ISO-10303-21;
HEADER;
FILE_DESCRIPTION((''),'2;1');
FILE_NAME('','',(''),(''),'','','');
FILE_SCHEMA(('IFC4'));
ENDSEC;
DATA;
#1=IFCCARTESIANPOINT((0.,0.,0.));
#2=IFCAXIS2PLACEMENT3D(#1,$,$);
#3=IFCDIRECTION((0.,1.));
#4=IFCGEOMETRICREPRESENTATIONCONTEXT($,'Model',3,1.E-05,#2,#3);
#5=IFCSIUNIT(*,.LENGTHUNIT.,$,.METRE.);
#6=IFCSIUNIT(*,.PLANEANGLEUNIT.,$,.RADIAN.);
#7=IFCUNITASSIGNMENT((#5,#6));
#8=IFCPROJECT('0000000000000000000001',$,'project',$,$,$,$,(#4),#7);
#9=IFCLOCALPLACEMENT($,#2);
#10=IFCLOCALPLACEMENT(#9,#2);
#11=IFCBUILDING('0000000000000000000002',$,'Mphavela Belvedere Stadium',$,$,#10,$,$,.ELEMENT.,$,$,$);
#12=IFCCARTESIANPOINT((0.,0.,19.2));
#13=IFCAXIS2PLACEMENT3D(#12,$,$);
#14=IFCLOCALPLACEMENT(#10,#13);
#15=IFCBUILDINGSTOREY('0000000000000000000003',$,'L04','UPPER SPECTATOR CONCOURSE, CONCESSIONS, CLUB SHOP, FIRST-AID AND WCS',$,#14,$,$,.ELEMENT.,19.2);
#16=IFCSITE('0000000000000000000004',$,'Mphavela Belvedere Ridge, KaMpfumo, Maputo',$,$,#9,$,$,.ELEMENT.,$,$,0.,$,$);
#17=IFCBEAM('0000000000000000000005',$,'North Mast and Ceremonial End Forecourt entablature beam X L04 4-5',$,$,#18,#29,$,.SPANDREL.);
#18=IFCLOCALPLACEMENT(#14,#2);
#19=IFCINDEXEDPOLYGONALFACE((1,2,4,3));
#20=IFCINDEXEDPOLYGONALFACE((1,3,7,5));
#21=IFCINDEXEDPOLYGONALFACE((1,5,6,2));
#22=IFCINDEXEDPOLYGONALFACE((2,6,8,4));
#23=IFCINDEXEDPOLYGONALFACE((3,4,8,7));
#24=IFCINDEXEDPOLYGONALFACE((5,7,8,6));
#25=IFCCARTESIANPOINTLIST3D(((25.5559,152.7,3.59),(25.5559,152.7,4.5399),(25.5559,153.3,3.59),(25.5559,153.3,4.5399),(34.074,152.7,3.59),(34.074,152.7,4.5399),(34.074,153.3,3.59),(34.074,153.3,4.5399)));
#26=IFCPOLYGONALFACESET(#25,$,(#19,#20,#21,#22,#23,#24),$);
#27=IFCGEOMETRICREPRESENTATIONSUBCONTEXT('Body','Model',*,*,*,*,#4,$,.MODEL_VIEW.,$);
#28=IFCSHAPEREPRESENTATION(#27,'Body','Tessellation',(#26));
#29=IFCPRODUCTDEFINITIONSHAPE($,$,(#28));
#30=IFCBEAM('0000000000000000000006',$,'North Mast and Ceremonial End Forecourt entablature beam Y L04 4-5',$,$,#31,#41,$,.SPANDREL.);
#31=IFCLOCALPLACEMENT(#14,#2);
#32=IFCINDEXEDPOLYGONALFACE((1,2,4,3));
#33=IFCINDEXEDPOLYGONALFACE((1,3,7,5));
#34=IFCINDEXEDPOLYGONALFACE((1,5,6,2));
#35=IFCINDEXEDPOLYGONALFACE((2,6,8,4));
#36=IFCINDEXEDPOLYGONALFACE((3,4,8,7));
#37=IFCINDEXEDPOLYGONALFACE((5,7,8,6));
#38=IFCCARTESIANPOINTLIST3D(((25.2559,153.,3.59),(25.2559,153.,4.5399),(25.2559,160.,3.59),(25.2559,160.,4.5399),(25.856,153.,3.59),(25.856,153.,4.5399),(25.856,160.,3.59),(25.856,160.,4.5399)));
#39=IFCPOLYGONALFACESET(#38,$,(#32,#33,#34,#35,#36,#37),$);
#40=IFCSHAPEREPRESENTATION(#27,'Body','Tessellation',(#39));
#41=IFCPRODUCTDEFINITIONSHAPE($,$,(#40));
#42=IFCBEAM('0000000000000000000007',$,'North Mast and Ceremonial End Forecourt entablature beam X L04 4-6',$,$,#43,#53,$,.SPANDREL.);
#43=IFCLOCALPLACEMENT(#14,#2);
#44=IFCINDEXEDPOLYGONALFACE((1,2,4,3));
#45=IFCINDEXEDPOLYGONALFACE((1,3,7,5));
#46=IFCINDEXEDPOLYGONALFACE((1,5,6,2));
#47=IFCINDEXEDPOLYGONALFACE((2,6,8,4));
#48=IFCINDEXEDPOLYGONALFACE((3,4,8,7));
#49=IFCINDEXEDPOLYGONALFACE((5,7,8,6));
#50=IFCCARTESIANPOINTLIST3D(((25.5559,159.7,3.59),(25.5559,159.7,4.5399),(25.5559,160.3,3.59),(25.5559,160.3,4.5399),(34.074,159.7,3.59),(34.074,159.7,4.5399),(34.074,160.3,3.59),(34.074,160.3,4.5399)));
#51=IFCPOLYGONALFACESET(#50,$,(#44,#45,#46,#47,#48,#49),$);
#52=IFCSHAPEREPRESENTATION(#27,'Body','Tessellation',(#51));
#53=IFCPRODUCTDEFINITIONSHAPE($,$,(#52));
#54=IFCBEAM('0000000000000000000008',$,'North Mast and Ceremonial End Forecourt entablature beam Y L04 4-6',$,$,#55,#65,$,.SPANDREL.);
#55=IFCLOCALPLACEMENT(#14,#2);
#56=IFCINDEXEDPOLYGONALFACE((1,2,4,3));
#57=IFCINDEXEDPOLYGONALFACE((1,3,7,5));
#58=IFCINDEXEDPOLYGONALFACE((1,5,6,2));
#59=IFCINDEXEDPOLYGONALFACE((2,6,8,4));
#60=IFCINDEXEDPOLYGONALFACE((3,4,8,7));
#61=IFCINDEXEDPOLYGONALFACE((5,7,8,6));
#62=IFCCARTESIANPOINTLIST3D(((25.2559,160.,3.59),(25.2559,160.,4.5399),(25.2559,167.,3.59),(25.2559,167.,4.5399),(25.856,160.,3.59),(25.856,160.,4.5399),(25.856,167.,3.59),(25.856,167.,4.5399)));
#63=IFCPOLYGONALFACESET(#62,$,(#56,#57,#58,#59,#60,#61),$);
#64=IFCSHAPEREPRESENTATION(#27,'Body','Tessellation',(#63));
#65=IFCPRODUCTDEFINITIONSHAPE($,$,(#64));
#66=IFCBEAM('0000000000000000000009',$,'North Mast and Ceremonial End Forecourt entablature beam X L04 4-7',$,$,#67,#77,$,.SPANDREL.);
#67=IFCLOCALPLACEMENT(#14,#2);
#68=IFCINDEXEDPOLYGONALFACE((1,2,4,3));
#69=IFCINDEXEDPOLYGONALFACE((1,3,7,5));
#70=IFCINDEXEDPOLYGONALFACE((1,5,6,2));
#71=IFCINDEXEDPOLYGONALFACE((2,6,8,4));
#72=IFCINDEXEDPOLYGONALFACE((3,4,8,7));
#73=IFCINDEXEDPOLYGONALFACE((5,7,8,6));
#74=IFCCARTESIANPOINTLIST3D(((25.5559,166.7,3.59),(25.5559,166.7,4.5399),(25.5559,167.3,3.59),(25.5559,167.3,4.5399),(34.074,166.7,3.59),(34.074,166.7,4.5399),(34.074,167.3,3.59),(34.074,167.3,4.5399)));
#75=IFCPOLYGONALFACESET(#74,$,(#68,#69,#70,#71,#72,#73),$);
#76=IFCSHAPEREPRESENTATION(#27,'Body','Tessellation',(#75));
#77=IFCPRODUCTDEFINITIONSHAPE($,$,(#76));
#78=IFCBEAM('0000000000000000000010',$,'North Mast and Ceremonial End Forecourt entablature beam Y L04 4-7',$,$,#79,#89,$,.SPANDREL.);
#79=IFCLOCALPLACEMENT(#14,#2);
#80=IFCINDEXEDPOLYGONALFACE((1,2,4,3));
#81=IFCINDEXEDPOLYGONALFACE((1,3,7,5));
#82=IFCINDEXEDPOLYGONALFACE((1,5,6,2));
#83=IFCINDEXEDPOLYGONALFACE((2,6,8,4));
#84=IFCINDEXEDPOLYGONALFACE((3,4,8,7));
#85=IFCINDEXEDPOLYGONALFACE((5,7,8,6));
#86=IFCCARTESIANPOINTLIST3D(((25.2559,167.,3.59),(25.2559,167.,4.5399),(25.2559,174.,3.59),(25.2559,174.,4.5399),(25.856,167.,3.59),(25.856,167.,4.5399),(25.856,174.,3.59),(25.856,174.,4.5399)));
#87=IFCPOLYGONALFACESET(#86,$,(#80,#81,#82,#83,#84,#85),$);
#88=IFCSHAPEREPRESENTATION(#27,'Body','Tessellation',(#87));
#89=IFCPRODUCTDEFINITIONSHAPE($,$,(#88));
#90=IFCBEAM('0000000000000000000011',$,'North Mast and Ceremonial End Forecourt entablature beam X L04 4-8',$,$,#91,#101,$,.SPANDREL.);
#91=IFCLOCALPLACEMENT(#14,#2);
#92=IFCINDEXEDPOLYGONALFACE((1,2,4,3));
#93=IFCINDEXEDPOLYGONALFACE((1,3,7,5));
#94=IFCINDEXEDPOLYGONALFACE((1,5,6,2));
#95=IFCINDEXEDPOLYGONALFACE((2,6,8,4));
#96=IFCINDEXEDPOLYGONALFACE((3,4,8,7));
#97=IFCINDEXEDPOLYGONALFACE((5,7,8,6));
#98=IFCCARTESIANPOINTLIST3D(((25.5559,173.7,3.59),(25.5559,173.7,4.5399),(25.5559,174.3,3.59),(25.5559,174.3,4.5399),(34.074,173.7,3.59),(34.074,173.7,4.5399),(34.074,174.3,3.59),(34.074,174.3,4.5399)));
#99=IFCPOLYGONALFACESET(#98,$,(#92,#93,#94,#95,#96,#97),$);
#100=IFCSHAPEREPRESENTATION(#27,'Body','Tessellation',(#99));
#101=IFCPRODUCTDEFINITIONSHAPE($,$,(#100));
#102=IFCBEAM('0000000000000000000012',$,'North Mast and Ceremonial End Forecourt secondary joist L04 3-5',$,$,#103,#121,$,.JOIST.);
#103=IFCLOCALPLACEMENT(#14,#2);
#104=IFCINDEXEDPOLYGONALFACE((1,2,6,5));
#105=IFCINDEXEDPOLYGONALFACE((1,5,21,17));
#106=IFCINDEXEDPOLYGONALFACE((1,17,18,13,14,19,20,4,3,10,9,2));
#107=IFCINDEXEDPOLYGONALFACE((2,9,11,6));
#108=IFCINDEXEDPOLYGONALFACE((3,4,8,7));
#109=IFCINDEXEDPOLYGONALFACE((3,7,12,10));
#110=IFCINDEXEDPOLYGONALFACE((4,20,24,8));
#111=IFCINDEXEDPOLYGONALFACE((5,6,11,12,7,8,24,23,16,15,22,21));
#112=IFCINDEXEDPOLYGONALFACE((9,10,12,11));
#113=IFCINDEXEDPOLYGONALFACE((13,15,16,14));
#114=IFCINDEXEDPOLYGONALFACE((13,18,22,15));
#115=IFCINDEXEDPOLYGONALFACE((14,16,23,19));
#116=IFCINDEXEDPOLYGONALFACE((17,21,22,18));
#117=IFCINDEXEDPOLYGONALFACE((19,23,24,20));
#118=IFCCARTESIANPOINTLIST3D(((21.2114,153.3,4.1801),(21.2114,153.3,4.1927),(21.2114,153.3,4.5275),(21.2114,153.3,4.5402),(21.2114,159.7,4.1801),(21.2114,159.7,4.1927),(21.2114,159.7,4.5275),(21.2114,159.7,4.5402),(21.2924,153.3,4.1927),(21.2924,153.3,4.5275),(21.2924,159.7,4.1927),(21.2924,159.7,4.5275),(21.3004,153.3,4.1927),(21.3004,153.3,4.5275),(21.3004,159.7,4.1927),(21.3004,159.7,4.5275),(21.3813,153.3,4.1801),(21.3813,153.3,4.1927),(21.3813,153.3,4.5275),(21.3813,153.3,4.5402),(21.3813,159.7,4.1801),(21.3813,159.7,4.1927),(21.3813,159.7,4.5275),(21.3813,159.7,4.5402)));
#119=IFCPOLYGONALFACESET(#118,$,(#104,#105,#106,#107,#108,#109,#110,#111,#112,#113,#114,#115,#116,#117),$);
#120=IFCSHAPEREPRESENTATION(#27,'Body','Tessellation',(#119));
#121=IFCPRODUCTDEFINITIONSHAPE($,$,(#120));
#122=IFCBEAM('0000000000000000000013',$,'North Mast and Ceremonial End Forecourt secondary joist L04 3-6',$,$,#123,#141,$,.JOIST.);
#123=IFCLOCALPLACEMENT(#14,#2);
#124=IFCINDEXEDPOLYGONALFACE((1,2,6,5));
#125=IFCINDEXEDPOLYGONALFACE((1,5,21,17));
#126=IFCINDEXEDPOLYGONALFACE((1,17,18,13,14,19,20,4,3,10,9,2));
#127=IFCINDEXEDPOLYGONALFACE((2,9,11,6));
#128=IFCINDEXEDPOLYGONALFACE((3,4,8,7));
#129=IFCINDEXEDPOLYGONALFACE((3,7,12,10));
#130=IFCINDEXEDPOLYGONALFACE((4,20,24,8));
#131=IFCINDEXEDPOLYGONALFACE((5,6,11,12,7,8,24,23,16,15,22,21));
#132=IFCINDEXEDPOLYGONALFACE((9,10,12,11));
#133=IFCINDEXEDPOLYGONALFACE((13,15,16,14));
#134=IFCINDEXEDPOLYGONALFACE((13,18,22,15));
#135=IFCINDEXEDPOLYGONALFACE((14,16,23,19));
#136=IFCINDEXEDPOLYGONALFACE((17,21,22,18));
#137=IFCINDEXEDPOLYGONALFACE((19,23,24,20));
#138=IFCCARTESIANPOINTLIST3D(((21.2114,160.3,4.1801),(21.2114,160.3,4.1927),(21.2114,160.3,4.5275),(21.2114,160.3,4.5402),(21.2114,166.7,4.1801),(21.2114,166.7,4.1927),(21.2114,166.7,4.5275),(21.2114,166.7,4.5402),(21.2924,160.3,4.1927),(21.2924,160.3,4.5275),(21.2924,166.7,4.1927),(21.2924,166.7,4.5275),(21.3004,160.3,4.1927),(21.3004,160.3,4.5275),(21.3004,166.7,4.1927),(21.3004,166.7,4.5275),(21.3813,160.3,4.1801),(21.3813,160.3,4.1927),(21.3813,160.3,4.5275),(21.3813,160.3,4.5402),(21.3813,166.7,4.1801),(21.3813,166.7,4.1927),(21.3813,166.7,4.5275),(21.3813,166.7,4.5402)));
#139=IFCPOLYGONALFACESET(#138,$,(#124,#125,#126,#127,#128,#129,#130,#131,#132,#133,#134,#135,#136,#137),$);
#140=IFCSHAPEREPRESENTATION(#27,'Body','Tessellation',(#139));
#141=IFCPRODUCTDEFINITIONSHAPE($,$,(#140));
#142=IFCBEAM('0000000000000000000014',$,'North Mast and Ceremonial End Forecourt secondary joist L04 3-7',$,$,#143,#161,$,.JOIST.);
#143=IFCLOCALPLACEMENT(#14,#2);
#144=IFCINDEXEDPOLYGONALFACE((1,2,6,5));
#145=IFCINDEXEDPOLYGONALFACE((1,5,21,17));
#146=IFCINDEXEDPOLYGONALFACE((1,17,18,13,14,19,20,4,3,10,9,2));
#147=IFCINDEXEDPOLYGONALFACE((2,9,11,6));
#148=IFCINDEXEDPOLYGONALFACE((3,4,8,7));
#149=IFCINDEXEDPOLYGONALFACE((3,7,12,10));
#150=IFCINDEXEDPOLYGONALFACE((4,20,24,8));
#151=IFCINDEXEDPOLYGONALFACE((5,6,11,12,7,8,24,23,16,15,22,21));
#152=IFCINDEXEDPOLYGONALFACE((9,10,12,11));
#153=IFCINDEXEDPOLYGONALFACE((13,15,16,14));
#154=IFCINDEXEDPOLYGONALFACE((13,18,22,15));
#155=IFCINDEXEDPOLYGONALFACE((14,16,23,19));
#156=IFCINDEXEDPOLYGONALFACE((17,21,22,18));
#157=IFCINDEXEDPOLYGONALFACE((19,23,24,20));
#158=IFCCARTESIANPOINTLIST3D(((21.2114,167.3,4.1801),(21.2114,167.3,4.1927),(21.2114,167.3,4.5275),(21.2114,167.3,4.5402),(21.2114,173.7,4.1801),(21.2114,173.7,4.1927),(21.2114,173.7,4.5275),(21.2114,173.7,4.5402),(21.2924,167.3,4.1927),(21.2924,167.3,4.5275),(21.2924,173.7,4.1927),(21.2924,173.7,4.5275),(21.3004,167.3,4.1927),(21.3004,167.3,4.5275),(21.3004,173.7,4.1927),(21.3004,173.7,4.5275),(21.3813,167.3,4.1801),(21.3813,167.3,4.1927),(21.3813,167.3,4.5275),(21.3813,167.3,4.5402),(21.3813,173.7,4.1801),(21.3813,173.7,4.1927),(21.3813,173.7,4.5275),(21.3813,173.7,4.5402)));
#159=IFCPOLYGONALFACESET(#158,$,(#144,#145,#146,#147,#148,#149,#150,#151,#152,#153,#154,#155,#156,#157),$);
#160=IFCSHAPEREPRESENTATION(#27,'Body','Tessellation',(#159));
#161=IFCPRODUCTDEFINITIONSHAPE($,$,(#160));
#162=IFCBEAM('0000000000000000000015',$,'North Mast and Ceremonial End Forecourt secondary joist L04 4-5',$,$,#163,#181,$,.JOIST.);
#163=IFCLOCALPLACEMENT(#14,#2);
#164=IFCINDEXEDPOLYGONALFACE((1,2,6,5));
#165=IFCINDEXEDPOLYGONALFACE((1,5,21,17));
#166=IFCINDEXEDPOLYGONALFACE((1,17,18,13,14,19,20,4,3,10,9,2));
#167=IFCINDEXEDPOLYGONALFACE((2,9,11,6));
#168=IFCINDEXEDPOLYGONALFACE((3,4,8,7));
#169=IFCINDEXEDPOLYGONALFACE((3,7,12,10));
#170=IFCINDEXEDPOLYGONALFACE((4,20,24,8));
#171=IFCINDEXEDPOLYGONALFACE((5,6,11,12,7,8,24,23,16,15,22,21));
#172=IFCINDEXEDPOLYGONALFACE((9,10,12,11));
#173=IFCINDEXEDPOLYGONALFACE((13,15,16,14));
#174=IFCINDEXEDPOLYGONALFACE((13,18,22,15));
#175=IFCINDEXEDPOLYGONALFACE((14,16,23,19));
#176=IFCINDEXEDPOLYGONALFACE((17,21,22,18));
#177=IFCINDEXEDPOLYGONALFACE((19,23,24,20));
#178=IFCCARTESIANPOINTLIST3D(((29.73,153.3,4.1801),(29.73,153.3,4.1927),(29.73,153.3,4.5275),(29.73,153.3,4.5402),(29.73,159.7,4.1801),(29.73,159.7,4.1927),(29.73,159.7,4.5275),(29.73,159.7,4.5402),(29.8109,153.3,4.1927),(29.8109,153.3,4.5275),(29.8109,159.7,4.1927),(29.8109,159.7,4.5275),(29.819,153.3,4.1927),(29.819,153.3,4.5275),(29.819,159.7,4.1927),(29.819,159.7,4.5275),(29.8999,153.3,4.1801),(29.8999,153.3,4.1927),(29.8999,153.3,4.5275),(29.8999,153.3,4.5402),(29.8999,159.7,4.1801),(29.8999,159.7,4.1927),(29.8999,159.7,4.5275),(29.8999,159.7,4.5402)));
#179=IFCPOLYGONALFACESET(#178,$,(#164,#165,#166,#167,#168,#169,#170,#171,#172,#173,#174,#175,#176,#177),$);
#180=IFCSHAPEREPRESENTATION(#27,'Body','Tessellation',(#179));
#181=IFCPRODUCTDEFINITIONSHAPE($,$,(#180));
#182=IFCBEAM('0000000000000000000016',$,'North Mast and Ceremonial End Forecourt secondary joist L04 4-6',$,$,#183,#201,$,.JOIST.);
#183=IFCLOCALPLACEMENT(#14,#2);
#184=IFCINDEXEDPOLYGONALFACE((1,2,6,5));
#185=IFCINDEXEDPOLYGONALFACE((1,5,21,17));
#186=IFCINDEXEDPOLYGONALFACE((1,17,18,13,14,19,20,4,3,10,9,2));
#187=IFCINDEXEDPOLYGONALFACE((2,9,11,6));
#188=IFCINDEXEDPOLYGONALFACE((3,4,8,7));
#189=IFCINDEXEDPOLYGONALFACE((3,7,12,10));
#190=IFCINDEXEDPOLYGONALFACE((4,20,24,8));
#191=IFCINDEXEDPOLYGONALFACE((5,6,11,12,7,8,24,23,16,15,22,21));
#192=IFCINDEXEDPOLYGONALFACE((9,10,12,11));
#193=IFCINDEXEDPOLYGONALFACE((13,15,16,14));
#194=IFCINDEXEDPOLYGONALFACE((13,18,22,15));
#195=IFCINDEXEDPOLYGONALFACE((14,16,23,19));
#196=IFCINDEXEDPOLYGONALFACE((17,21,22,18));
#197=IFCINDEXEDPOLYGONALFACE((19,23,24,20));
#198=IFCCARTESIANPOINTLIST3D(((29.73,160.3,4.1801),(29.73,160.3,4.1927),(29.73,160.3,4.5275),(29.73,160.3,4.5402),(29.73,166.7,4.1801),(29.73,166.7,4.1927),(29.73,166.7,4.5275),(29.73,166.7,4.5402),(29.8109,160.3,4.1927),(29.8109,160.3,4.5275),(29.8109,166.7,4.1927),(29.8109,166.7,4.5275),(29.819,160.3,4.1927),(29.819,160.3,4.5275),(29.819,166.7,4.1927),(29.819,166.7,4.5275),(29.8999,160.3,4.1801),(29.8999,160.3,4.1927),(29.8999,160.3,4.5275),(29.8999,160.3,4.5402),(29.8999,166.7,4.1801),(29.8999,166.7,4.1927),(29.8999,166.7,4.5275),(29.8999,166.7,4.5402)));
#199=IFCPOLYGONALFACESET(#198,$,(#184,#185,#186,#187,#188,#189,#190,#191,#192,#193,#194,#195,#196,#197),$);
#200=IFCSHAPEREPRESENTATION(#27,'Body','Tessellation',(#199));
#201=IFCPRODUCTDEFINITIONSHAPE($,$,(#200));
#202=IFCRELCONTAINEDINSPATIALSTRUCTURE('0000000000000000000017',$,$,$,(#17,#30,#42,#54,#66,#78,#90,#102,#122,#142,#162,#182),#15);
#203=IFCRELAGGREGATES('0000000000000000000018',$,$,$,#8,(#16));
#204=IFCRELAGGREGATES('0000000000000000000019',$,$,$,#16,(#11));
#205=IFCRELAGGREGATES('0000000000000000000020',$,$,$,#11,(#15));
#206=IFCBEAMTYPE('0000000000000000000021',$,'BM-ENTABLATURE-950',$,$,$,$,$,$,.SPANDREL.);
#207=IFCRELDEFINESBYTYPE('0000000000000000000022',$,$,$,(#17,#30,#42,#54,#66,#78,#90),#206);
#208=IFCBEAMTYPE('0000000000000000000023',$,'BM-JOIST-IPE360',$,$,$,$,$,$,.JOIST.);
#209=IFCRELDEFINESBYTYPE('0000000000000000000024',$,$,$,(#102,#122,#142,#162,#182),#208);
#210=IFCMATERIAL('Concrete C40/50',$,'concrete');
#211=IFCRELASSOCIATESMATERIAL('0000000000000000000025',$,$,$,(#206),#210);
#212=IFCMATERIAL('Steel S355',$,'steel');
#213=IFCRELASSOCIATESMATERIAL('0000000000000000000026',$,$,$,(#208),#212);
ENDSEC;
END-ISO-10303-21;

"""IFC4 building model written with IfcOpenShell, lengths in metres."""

from ifc_helpers import new_model, si_unit, direction, frame, origin, origin_2d, place, context, subcontext, project, spatial, rectangle, i_section, extrude, material, material_profile, profile_set, type_object, element, save


model = new_model("IFC4")

# Units and contexts
model_context = context("Model", 3, precision=1e-05, world=origin(), true_north=direction((0.0, 1.0)))
body_context = subcontext(model_context, "Body", "Model", "MODEL_VIEW")
ifc_project = project(units=[si_unit("LENGTHUNIT", "METRE"), si_unit("PLANEANGLEUNIT", "RADIAN")], contexts=[model_context])

# Site, building, storey
site_placement = place(None, origin())
site = spatial("IfcSite", under=ifc_project, at=site_placement, Name="Mphavela Belvedere Ridge, KaMpfumo, Maputo", CompositionType="ELEMENT", RefElevation=0.0)
building_placement = place(site_placement, origin())
building = spatial("IfcBuilding", under=site, at=building_placement, Name="Mphavela Belvedere Stadium", CompositionType="ELEMENT")
storey_placement = place(building_placement, frame((0.0, 0.0, 19.2)))
storey = spatial("IfcBuildingStorey", under=building, at=storey_placement, Name="L04", Description="UPPER SPECTATOR CONCOURSE, CONCESSIONS, CLUB SHOP, FIRST-AID AND WCS", CompositionType="ELEMENT", Elevation=19.2)

# Beams
ifc_material_1 = material(Name="Concrete C40/50", Category="concrete")
ifc_material_profile_1 = material_profile(ifc_material_1, rectangle(XDim=0.6001, YDim=0.95, at=origin_2d()), Name="RC 600x950")
ifc_profile_set_1 = profile_set([ifc_material_profile_1], Name="Concrete C40/50")
beam_type_1 = type_object("IfcBeamType", Name="BM-ENTABLATURE-950", PredefinedType="SPANDREL", material=ifc_profile_set_1)
beam_1_placement = place(storey_placement, frame((25.5559, 153.0, 4.0649), z_axis=(1.0, 0.0, 0.0), x_axis=(0.0, 1.0, 0.0)))
element("IfcBeam", 1, at=beam_1_placement, inside=storey, type_object=beam_type_1, Name="North Mast and Ceremonial End Forecourt entablature beam X L04 4-5", PredefinedType="SPANDREL", context=body_context, shape_type="SweptSolid", body=[
    extrude(rectangle(XDim=0.6001, YDim=0.95, at=origin_2d()), origin(), (0.0, 0.0, 1.0), 8.5181),
])
beam_2_placement = place(storey_placement, frame((25.5559, 153.0, 4.0649), z_axis=(0.0, 1.0, 0.0), x_axis=(-1.0, 0.0, 0.0)))
element("IfcBeam", 2, at=beam_2_placement, inside=storey, type_object=beam_type_1, Name="North Mast and Ceremonial End Forecourt entablature beam Y L04 4-5", PredefinedType="SPANDREL", context=body_context, shape_type="SweptSolid", body=[
    extrude(rectangle(XDim=0.6001, YDim=0.95, at=origin_2d()), origin(), (0.0, 0.0, 1.0), 7.0),
])
beam_3_placement = place(storey_placement, frame((25.5559, 160.0, 4.0649), z_axis=(1.0, 0.0, 0.0), x_axis=(0.0, 1.0, 0.0)))
element("IfcBeam", 3, at=beam_3_placement, inside=storey, type_object=beam_type_1, Name="North Mast and Ceremonial End Forecourt entablature beam X L04 4-6", PredefinedType="SPANDREL", context=body_context, shape_type="SweptSolid", body=[
    extrude(rectangle(XDim=0.6001, YDim=0.95, at=origin_2d()), origin(), (0.0, 0.0, 1.0), 8.5181),
])
beam_4_placement = place(storey_placement, frame((25.5559, 160.0, 4.0649), z_axis=(0.0, 1.0, 0.0), x_axis=(-1.0, 0.0, 0.0)))
element("IfcBeam", 4, at=beam_4_placement, inside=storey, type_object=beam_type_1, Name="North Mast and Ceremonial End Forecourt entablature beam Y L04 4-6", PredefinedType="SPANDREL", context=body_context, shape_type="SweptSolid", body=[
    extrude(rectangle(XDim=0.6001, YDim=0.95, at=origin_2d()), origin(), (0.0, 0.0, 1.0), 7.0),
])
beam_5_placement = place(storey_placement, frame((25.5559, 167.0, 4.0649), z_axis=(1.0, 0.0, 0.0), x_axis=(0.0, 1.0, 0.0)))
element("IfcBeam", 5, at=beam_5_placement, inside=storey, type_object=beam_type_1, Name="North Mast and Ceremonial End Forecourt entablature beam X L04 4-7", PredefinedType="SPANDREL", context=body_context, shape_type="SweptSolid", body=[
    extrude(rectangle(XDim=0.6001, YDim=0.95, at=origin_2d()), origin(), (0.0, 0.0, 1.0), 8.5181),
])
beam_6_placement = place(storey_placement, frame((25.5559, 167.0, 4.0649), z_axis=(0.0, 1.0, 0.0), x_axis=(-1.0, 0.0, 0.0)))
element("IfcBeam", 6, at=beam_6_placement, inside=storey, type_object=beam_type_1, Name="North Mast and Ceremonial End Forecourt entablature beam Y L04 4-7", PredefinedType="SPANDREL", context=body_context, shape_type="SweptSolid", body=[
    extrude(rectangle(XDim=0.6001, YDim=0.95, at=origin_2d()), origin(), (0.0, 0.0, 1.0), 7.0),
])
beam_7_placement = place(storey_placement, frame((25.5559, 174.0, 4.0649), z_axis=(1.0, 0.0, 0.0), x_axis=(0.0, 1.0, 0.0)))
element("IfcBeam", 7, at=beam_7_placement, inside=storey, type_object=beam_type_1, Name="North Mast and Ceremonial End Forecourt entablature beam X L04 4-8", PredefinedType="SPANDREL", context=body_context, shape_type="SweptSolid", body=[
    extrude(rectangle(XDim=0.6001, YDim=0.95, at=origin_2d()), origin(), (0.0, 0.0, 1.0), 8.5181),
])
ifc_material_2 = material(Name="Steel S355", Category="steel")
ifc_material_profile_2 = material_profile(ifc_material_2, i_section(OverallWidth=0.1699, OverallDepth=0.3601, WebThickness=0.0081, FlangeThickness=0.0127, at=origin_2d()), Name="IPE 360")
ifc_profile_set_2 = profile_set([ifc_material_profile_2], Name="Steel S355")
beam_type_2 = type_object("IfcBeamType", Name="BM-JOIST-IPE360", PredefinedType="JOIST", material=ifc_profile_set_2)
for number, where, z_axis, x_axis, name in (
    (8, (21.2964, 153.3, 4.3601), (0.0, 1.0, 0.0), (-1.0, 0.0, 0.0), "North Mast and Ceremonial End Forecourt secondary joist L04 3-5"),
    (9, (21.2964, 160.3, 4.3601), (0.0, 1.0, 0.0), (-1.0, 0.0, 0.0), "North Mast and Ceremonial End Forecourt secondary joist L04 3-6"),
    (10, (21.2964, 167.3, 4.3601), (0.0, 1.0, 0.0), (-1.0, 0.0, 0.0), "North Mast and Ceremonial End Forecourt secondary joist L04 3-7"),
    (11, (29.8149, 153.3, 4.3601), (0.0, 1.0, 0.0), (-1.0, 0.0, 0.0), "North Mast and Ceremonial End Forecourt secondary joist L04 4-5"),
    (12, (29.8149, 160.3, 4.3601), (0.0, 1.0, 0.0), (-1.0, 0.0, 0.0), "North Mast and Ceremonial End Forecourt secondary joist L04 4-6"),
):
    element("IfcBeam", number, at=place(storey_placement, frame(where, z_axis=z_axis, x_axis=x_axis)), inside=storey, type_object=beam_type_2, Name=name, PredefinedType="JOIST", context=body_context, shape_type="SweptSolid", body=[
        extrude(i_section(OverallWidth=0.1699, OverallDepth=0.3601, WebThickness=0.0081, FlangeThickness=0.0127, at=origin_2d()), origin(), (0.0, 0.0, 1.0), 6.3999),
    ])

save(model, "model.ifc")
